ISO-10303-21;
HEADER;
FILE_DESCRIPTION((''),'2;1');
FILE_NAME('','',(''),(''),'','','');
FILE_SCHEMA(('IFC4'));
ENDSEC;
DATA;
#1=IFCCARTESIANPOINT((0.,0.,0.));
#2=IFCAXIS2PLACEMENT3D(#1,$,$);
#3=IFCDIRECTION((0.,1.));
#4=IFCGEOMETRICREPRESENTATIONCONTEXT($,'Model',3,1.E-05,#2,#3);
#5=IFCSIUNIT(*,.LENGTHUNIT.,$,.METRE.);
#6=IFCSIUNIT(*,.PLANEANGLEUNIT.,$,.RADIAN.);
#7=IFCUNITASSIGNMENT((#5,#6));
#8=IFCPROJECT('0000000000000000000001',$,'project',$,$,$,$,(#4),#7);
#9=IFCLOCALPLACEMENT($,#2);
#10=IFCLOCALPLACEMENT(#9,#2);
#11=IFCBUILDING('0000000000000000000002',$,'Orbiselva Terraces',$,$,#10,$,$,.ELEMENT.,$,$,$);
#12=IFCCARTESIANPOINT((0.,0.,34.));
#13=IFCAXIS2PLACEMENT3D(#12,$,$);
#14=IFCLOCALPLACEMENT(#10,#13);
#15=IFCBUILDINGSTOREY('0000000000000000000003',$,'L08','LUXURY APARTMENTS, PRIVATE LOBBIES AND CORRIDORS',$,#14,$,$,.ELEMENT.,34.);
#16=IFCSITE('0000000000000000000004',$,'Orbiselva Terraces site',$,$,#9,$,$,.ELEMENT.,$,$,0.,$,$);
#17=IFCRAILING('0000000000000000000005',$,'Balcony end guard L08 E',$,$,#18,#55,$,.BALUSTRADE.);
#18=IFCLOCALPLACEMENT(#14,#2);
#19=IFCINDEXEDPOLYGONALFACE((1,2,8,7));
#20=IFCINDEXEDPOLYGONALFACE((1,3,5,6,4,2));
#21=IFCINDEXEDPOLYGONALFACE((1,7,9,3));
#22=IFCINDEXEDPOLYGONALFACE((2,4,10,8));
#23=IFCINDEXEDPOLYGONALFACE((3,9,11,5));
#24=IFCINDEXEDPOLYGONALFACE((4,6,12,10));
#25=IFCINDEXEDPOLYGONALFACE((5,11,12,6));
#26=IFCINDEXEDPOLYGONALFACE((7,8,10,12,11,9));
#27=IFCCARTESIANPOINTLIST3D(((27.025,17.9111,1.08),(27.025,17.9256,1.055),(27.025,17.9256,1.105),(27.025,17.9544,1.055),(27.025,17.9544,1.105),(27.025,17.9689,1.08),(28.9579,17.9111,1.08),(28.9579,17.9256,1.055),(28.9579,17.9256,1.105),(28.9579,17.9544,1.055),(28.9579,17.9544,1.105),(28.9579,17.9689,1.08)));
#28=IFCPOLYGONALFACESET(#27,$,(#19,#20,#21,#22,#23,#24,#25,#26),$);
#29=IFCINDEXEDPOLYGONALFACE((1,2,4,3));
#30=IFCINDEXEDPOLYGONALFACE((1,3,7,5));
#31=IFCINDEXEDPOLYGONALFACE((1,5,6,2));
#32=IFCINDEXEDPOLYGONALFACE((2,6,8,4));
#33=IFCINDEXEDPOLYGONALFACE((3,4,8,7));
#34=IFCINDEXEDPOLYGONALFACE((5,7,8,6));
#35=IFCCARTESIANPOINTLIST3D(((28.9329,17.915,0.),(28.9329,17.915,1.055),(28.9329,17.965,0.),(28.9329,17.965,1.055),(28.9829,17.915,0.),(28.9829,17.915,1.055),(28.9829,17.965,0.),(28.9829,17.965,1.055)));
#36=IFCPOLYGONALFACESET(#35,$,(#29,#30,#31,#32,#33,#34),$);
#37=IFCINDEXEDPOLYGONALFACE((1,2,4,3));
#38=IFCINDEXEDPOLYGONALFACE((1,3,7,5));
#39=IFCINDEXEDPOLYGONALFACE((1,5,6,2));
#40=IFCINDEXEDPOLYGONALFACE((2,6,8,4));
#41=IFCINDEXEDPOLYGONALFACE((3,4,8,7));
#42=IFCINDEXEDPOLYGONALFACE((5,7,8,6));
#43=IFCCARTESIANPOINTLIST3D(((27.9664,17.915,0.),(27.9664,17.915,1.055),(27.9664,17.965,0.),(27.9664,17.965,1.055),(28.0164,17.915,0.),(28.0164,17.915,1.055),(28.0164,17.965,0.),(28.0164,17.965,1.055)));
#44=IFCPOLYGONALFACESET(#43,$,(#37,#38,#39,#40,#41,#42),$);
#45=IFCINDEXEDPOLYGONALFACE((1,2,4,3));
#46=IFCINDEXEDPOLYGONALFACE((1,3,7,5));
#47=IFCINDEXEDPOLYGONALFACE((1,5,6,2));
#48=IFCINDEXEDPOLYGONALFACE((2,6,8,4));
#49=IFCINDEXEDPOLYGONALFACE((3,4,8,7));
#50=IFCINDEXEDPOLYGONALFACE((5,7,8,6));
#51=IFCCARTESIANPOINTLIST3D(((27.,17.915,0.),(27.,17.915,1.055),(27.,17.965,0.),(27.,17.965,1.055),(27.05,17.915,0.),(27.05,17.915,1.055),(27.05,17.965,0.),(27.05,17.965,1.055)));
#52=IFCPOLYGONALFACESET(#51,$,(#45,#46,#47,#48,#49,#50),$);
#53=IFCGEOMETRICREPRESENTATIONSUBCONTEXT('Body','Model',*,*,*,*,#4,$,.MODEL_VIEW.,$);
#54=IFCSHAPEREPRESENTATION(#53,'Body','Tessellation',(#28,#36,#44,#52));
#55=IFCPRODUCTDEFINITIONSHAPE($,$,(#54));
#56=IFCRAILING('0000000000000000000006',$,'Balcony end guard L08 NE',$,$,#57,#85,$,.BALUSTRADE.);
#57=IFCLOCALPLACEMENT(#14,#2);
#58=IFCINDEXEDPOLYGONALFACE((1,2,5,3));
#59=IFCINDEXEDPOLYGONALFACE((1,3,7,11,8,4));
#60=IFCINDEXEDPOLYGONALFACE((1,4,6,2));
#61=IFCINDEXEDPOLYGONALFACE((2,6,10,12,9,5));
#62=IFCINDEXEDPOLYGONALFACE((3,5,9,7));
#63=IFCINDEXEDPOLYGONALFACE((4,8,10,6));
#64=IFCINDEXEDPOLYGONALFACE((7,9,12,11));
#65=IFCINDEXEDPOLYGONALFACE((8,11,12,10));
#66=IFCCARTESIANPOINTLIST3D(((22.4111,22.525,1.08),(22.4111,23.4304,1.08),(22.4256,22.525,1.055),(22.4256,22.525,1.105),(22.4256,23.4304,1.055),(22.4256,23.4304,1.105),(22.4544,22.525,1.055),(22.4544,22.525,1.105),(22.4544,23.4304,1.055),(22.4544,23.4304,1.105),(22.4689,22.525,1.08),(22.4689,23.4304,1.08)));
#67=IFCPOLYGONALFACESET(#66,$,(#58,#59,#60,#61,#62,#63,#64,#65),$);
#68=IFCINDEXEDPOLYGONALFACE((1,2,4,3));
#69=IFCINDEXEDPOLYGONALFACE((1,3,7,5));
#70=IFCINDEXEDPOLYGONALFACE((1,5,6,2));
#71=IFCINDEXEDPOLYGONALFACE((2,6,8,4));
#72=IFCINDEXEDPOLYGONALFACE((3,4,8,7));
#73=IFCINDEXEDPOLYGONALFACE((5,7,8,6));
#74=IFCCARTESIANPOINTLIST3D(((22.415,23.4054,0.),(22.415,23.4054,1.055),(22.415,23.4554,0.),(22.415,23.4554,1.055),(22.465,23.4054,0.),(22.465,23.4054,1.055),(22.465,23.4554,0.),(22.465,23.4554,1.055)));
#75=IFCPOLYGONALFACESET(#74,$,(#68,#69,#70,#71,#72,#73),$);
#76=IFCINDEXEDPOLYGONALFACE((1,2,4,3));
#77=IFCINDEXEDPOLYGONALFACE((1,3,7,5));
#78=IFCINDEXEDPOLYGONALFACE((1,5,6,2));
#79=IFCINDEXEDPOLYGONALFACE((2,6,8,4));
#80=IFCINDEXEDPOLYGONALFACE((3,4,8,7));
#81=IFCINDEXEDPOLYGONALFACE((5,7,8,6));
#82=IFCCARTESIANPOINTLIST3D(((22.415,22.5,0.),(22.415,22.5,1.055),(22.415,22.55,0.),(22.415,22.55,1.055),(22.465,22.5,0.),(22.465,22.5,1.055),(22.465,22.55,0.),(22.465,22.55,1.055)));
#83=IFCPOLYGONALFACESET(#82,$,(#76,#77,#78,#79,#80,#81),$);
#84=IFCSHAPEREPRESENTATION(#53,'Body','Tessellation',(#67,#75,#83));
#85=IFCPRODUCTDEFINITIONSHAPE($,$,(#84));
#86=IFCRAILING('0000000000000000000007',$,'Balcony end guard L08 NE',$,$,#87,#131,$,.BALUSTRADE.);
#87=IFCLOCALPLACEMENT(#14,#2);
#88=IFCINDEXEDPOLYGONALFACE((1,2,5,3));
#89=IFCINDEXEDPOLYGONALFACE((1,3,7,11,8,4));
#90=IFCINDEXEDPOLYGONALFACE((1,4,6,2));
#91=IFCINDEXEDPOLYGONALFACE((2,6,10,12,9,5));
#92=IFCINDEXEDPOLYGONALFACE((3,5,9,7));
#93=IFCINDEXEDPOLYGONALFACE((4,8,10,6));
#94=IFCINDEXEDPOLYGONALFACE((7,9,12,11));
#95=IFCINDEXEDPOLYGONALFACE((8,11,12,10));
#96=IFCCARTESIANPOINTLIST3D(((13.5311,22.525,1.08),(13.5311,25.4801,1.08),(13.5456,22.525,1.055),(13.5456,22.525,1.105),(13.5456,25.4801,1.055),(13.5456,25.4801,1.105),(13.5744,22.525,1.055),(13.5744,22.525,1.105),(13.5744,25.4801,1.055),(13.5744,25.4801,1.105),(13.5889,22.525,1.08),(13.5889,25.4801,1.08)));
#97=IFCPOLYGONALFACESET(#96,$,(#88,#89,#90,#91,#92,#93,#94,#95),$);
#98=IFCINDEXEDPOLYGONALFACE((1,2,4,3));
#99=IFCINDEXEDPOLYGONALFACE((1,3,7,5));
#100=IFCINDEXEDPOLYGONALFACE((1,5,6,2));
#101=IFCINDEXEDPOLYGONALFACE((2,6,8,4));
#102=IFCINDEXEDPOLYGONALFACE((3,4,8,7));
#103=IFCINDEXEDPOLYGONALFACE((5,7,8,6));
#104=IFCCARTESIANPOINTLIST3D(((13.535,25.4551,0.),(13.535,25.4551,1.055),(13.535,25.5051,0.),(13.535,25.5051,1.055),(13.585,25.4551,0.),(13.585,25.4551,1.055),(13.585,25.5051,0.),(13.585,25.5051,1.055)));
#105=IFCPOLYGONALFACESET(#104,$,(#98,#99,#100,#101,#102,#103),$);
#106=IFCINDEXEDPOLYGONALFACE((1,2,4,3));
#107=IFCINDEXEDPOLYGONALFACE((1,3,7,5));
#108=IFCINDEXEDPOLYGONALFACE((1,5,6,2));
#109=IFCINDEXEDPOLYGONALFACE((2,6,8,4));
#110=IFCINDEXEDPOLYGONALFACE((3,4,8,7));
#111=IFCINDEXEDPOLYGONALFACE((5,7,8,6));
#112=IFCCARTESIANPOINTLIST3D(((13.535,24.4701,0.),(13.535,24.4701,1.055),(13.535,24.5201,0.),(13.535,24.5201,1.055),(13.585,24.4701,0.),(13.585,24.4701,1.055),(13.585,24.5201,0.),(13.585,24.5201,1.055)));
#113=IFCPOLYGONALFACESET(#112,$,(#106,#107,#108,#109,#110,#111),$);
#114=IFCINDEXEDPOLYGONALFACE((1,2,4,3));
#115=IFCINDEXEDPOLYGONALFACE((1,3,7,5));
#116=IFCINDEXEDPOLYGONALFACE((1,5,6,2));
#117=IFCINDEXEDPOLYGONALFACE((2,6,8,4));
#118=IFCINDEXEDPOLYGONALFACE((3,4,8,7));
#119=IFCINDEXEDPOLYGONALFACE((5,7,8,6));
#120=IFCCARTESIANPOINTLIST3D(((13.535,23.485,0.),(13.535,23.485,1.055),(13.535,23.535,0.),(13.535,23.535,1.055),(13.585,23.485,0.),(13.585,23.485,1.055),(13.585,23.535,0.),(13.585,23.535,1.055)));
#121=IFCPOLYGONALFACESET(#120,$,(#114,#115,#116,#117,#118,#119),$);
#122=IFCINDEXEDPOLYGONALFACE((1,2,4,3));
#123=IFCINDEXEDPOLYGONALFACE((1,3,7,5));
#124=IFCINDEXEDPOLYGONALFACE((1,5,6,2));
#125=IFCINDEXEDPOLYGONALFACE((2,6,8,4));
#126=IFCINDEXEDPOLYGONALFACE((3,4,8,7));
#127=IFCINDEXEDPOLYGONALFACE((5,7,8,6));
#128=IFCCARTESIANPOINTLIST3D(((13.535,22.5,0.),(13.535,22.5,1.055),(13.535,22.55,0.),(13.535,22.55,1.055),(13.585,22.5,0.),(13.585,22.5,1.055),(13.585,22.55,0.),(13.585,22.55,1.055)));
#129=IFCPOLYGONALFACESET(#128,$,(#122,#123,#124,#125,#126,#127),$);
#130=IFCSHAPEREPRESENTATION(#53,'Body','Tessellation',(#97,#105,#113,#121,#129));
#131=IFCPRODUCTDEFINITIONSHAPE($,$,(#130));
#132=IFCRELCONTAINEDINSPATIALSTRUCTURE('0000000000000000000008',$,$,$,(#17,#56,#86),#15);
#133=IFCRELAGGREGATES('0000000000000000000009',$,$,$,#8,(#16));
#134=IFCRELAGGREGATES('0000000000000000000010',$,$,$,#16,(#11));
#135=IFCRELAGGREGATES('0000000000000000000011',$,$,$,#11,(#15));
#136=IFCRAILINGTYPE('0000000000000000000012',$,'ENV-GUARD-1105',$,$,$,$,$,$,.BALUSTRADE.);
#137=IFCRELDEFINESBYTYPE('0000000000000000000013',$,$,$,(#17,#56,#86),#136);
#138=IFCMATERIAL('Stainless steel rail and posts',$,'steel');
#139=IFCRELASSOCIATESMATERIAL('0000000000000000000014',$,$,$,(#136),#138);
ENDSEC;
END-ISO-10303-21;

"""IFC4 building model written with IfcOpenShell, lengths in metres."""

from ifc_helpers import new_model, si_unit, direction, frame, origin, origin_2d, place, context, subcontext, project, spatial, polyline, rectangle, outline, extrude, material, type_object, element, save


model = new_model("IFC4")

# Units and contexts
model_context = context("Model", 3, precision=1e-05, world=origin(), true_north=direction((0.0, 1.0)))
body_context = subcontext(model_context, "Body", "Model", "MODEL_VIEW")
ifc_project = project(units=[si_unit("LENGTHUNIT", "METRE"), si_unit("PLANEANGLEUNIT", "RADIAN")], contexts=[model_context])

# Site, building, storey
site_placement = place(None, origin())
site = spatial("IfcSite", under=ifc_project, at=site_placement, Name="Orbiselva Terraces site", CompositionType="ELEMENT", RefElevation=0.0)
building_placement = place(site_placement, origin())
building = spatial("IfcBuilding", under=site, at=building_placement, Name="Orbiselva Terraces", CompositionType="ELEMENT")
storey_placement = place(building_placement, frame((0.0, 0.0, 34.0)))
storey = spatial("IfcBuildingStorey", under=building, at=storey_placement, Name="L08", Description="LUXURY APARTMENTS, PRIVATE LOBBIES AND CORRIDORS", CompositionType="ELEMENT", Elevation=34.0)

# Railings
ifc_material_1 = material(Name="Stainless steel rail and posts", Category="steel")
railing_type_1 = type_object("IfcRailingType", Name="ENV-GUARD-1105", PredefinedType="BALUSTRADE", material=ifc_material_1)
railing_1_placement = place(storey_placement, frame((28.9579, 17.94, 0.0)))
element("IfcRailing", 1, at=railing_1_placement, inside=storey, type_object=railing_type_1, Name="Balcony end guard L08 E", PredefinedType="BALUSTRADE", context=body_context, shape_type="SweptSolid", body=[
    extrude(outline(polyline([(0.0289, 0.0), (0.0144, 0.025), (-0.0144, 0.025), (-0.0289, 0.0), (-0.0144, -0.025), (0.0144, -0.025), (0.0289, 0.0)])), frame((0.0, 0.0, 1.08), z_axis=(-1.0, 0.0, 0.0), x_axis=(0.0, -1.0, 0.0)), (0.0, 0.0, 1.0), 1.9329),
    extrude(rectangle(XDim=0.05, YDim=0.05, at=origin_2d()), origin(), (0.0, 0.0, 1.0), 1.055),
    extrude(rectangle(XDim=0.05, YDim=0.05, at=origin_2d()), frame((-0.9664, 0.0, 0.0)), (0.0, 0.0, 1.0), 1.055),
    extrude(rectangle(XDim=0.05, YDim=0.05, at=origin_2d()), frame((-1.9329, 0.0, 0.0)), (0.0, 0.0, 1.0), 1.055),
])
railing_2_placement = place(storey_placement, frame((22.44, 23.4304, 0.0)))
element("IfcRailing", 2, at=railing_2_placement, inside=storey, type_object=railing_type_1, Name="Balcony end guard L08 NE", PredefinedType="BALUSTRADE", context=body_context, shape_type="SweptSolid", body=[
    extrude(outline(polyline([(0.0289, 0.0), (0.0144, 0.025), (-0.0144, 0.025), (-0.0289, 0.0), (-0.0144, -0.025), (0.0144, -0.025), (0.0289, 0.0)])), frame((0.0, 0.0, 1.08), z_axis=(0.0, -1.0, 0.0), x_axis=(1.0, 0.0, 0.0)), (0.0, 0.0, 1.0), 0.9054),
    extrude(rectangle(XDim=0.05, YDim=0.05, at=origin_2d()), origin(), (0.0, 0.0, 1.0), 1.055),
    extrude(rectangle(XDim=0.05, YDim=0.05, at=origin_2d()), frame((0.0, -0.9054, 0.0)), (0.0, 0.0, 1.0), 1.055),
])
railing_3_placement = place(storey_placement, frame((13.56, 25.4801, 0.0)))
element("IfcRailing", 3, at=railing_3_placement, inside=storey, type_object=railing_type_1, Name="Balcony end guard L08 NE", PredefinedType="BALUSTRADE", context=body_context, shape_type="SweptSolid", body=[
    extrude(outline(polyline([(0.0289, 0.0), (0.0144, 0.025), (-0.0144, 0.025), (-0.0289, 0.0), (-0.0144, -0.025), (0.0144, -0.025), (0.0289, 0.0)])), frame((0.0, 0.0, 1.08), z_axis=(0.0, -1.0, 0.0), x_axis=(1.0, 0.0, 0.0)), (0.0, 0.0, 1.0), 2.9551),
    extrude(rectangle(XDim=0.05, YDim=0.05, at=origin_2d()), origin(), (0.0, 0.0, 1.0), 1.055),
    extrude(rectangle(XDim=0.05, YDim=0.05, at=origin_2d()), frame((0.0, -0.985, 0.0)), (0.0, 0.0, 1.0), 1.055),
    extrude(rectangle(XDim=0.05, YDim=0.05, at=origin_2d()), frame((0.0, -1.9701, 0.0)), (0.0, 0.0, 1.0), 1.055),
    extrude(rectangle(XDim=0.05, YDim=0.05, at=origin_2d()), frame((0.0, -2.9551, 0.0)), (0.0, 0.0, 1.0), 1.055),
])

save(model, "model.ifc")
